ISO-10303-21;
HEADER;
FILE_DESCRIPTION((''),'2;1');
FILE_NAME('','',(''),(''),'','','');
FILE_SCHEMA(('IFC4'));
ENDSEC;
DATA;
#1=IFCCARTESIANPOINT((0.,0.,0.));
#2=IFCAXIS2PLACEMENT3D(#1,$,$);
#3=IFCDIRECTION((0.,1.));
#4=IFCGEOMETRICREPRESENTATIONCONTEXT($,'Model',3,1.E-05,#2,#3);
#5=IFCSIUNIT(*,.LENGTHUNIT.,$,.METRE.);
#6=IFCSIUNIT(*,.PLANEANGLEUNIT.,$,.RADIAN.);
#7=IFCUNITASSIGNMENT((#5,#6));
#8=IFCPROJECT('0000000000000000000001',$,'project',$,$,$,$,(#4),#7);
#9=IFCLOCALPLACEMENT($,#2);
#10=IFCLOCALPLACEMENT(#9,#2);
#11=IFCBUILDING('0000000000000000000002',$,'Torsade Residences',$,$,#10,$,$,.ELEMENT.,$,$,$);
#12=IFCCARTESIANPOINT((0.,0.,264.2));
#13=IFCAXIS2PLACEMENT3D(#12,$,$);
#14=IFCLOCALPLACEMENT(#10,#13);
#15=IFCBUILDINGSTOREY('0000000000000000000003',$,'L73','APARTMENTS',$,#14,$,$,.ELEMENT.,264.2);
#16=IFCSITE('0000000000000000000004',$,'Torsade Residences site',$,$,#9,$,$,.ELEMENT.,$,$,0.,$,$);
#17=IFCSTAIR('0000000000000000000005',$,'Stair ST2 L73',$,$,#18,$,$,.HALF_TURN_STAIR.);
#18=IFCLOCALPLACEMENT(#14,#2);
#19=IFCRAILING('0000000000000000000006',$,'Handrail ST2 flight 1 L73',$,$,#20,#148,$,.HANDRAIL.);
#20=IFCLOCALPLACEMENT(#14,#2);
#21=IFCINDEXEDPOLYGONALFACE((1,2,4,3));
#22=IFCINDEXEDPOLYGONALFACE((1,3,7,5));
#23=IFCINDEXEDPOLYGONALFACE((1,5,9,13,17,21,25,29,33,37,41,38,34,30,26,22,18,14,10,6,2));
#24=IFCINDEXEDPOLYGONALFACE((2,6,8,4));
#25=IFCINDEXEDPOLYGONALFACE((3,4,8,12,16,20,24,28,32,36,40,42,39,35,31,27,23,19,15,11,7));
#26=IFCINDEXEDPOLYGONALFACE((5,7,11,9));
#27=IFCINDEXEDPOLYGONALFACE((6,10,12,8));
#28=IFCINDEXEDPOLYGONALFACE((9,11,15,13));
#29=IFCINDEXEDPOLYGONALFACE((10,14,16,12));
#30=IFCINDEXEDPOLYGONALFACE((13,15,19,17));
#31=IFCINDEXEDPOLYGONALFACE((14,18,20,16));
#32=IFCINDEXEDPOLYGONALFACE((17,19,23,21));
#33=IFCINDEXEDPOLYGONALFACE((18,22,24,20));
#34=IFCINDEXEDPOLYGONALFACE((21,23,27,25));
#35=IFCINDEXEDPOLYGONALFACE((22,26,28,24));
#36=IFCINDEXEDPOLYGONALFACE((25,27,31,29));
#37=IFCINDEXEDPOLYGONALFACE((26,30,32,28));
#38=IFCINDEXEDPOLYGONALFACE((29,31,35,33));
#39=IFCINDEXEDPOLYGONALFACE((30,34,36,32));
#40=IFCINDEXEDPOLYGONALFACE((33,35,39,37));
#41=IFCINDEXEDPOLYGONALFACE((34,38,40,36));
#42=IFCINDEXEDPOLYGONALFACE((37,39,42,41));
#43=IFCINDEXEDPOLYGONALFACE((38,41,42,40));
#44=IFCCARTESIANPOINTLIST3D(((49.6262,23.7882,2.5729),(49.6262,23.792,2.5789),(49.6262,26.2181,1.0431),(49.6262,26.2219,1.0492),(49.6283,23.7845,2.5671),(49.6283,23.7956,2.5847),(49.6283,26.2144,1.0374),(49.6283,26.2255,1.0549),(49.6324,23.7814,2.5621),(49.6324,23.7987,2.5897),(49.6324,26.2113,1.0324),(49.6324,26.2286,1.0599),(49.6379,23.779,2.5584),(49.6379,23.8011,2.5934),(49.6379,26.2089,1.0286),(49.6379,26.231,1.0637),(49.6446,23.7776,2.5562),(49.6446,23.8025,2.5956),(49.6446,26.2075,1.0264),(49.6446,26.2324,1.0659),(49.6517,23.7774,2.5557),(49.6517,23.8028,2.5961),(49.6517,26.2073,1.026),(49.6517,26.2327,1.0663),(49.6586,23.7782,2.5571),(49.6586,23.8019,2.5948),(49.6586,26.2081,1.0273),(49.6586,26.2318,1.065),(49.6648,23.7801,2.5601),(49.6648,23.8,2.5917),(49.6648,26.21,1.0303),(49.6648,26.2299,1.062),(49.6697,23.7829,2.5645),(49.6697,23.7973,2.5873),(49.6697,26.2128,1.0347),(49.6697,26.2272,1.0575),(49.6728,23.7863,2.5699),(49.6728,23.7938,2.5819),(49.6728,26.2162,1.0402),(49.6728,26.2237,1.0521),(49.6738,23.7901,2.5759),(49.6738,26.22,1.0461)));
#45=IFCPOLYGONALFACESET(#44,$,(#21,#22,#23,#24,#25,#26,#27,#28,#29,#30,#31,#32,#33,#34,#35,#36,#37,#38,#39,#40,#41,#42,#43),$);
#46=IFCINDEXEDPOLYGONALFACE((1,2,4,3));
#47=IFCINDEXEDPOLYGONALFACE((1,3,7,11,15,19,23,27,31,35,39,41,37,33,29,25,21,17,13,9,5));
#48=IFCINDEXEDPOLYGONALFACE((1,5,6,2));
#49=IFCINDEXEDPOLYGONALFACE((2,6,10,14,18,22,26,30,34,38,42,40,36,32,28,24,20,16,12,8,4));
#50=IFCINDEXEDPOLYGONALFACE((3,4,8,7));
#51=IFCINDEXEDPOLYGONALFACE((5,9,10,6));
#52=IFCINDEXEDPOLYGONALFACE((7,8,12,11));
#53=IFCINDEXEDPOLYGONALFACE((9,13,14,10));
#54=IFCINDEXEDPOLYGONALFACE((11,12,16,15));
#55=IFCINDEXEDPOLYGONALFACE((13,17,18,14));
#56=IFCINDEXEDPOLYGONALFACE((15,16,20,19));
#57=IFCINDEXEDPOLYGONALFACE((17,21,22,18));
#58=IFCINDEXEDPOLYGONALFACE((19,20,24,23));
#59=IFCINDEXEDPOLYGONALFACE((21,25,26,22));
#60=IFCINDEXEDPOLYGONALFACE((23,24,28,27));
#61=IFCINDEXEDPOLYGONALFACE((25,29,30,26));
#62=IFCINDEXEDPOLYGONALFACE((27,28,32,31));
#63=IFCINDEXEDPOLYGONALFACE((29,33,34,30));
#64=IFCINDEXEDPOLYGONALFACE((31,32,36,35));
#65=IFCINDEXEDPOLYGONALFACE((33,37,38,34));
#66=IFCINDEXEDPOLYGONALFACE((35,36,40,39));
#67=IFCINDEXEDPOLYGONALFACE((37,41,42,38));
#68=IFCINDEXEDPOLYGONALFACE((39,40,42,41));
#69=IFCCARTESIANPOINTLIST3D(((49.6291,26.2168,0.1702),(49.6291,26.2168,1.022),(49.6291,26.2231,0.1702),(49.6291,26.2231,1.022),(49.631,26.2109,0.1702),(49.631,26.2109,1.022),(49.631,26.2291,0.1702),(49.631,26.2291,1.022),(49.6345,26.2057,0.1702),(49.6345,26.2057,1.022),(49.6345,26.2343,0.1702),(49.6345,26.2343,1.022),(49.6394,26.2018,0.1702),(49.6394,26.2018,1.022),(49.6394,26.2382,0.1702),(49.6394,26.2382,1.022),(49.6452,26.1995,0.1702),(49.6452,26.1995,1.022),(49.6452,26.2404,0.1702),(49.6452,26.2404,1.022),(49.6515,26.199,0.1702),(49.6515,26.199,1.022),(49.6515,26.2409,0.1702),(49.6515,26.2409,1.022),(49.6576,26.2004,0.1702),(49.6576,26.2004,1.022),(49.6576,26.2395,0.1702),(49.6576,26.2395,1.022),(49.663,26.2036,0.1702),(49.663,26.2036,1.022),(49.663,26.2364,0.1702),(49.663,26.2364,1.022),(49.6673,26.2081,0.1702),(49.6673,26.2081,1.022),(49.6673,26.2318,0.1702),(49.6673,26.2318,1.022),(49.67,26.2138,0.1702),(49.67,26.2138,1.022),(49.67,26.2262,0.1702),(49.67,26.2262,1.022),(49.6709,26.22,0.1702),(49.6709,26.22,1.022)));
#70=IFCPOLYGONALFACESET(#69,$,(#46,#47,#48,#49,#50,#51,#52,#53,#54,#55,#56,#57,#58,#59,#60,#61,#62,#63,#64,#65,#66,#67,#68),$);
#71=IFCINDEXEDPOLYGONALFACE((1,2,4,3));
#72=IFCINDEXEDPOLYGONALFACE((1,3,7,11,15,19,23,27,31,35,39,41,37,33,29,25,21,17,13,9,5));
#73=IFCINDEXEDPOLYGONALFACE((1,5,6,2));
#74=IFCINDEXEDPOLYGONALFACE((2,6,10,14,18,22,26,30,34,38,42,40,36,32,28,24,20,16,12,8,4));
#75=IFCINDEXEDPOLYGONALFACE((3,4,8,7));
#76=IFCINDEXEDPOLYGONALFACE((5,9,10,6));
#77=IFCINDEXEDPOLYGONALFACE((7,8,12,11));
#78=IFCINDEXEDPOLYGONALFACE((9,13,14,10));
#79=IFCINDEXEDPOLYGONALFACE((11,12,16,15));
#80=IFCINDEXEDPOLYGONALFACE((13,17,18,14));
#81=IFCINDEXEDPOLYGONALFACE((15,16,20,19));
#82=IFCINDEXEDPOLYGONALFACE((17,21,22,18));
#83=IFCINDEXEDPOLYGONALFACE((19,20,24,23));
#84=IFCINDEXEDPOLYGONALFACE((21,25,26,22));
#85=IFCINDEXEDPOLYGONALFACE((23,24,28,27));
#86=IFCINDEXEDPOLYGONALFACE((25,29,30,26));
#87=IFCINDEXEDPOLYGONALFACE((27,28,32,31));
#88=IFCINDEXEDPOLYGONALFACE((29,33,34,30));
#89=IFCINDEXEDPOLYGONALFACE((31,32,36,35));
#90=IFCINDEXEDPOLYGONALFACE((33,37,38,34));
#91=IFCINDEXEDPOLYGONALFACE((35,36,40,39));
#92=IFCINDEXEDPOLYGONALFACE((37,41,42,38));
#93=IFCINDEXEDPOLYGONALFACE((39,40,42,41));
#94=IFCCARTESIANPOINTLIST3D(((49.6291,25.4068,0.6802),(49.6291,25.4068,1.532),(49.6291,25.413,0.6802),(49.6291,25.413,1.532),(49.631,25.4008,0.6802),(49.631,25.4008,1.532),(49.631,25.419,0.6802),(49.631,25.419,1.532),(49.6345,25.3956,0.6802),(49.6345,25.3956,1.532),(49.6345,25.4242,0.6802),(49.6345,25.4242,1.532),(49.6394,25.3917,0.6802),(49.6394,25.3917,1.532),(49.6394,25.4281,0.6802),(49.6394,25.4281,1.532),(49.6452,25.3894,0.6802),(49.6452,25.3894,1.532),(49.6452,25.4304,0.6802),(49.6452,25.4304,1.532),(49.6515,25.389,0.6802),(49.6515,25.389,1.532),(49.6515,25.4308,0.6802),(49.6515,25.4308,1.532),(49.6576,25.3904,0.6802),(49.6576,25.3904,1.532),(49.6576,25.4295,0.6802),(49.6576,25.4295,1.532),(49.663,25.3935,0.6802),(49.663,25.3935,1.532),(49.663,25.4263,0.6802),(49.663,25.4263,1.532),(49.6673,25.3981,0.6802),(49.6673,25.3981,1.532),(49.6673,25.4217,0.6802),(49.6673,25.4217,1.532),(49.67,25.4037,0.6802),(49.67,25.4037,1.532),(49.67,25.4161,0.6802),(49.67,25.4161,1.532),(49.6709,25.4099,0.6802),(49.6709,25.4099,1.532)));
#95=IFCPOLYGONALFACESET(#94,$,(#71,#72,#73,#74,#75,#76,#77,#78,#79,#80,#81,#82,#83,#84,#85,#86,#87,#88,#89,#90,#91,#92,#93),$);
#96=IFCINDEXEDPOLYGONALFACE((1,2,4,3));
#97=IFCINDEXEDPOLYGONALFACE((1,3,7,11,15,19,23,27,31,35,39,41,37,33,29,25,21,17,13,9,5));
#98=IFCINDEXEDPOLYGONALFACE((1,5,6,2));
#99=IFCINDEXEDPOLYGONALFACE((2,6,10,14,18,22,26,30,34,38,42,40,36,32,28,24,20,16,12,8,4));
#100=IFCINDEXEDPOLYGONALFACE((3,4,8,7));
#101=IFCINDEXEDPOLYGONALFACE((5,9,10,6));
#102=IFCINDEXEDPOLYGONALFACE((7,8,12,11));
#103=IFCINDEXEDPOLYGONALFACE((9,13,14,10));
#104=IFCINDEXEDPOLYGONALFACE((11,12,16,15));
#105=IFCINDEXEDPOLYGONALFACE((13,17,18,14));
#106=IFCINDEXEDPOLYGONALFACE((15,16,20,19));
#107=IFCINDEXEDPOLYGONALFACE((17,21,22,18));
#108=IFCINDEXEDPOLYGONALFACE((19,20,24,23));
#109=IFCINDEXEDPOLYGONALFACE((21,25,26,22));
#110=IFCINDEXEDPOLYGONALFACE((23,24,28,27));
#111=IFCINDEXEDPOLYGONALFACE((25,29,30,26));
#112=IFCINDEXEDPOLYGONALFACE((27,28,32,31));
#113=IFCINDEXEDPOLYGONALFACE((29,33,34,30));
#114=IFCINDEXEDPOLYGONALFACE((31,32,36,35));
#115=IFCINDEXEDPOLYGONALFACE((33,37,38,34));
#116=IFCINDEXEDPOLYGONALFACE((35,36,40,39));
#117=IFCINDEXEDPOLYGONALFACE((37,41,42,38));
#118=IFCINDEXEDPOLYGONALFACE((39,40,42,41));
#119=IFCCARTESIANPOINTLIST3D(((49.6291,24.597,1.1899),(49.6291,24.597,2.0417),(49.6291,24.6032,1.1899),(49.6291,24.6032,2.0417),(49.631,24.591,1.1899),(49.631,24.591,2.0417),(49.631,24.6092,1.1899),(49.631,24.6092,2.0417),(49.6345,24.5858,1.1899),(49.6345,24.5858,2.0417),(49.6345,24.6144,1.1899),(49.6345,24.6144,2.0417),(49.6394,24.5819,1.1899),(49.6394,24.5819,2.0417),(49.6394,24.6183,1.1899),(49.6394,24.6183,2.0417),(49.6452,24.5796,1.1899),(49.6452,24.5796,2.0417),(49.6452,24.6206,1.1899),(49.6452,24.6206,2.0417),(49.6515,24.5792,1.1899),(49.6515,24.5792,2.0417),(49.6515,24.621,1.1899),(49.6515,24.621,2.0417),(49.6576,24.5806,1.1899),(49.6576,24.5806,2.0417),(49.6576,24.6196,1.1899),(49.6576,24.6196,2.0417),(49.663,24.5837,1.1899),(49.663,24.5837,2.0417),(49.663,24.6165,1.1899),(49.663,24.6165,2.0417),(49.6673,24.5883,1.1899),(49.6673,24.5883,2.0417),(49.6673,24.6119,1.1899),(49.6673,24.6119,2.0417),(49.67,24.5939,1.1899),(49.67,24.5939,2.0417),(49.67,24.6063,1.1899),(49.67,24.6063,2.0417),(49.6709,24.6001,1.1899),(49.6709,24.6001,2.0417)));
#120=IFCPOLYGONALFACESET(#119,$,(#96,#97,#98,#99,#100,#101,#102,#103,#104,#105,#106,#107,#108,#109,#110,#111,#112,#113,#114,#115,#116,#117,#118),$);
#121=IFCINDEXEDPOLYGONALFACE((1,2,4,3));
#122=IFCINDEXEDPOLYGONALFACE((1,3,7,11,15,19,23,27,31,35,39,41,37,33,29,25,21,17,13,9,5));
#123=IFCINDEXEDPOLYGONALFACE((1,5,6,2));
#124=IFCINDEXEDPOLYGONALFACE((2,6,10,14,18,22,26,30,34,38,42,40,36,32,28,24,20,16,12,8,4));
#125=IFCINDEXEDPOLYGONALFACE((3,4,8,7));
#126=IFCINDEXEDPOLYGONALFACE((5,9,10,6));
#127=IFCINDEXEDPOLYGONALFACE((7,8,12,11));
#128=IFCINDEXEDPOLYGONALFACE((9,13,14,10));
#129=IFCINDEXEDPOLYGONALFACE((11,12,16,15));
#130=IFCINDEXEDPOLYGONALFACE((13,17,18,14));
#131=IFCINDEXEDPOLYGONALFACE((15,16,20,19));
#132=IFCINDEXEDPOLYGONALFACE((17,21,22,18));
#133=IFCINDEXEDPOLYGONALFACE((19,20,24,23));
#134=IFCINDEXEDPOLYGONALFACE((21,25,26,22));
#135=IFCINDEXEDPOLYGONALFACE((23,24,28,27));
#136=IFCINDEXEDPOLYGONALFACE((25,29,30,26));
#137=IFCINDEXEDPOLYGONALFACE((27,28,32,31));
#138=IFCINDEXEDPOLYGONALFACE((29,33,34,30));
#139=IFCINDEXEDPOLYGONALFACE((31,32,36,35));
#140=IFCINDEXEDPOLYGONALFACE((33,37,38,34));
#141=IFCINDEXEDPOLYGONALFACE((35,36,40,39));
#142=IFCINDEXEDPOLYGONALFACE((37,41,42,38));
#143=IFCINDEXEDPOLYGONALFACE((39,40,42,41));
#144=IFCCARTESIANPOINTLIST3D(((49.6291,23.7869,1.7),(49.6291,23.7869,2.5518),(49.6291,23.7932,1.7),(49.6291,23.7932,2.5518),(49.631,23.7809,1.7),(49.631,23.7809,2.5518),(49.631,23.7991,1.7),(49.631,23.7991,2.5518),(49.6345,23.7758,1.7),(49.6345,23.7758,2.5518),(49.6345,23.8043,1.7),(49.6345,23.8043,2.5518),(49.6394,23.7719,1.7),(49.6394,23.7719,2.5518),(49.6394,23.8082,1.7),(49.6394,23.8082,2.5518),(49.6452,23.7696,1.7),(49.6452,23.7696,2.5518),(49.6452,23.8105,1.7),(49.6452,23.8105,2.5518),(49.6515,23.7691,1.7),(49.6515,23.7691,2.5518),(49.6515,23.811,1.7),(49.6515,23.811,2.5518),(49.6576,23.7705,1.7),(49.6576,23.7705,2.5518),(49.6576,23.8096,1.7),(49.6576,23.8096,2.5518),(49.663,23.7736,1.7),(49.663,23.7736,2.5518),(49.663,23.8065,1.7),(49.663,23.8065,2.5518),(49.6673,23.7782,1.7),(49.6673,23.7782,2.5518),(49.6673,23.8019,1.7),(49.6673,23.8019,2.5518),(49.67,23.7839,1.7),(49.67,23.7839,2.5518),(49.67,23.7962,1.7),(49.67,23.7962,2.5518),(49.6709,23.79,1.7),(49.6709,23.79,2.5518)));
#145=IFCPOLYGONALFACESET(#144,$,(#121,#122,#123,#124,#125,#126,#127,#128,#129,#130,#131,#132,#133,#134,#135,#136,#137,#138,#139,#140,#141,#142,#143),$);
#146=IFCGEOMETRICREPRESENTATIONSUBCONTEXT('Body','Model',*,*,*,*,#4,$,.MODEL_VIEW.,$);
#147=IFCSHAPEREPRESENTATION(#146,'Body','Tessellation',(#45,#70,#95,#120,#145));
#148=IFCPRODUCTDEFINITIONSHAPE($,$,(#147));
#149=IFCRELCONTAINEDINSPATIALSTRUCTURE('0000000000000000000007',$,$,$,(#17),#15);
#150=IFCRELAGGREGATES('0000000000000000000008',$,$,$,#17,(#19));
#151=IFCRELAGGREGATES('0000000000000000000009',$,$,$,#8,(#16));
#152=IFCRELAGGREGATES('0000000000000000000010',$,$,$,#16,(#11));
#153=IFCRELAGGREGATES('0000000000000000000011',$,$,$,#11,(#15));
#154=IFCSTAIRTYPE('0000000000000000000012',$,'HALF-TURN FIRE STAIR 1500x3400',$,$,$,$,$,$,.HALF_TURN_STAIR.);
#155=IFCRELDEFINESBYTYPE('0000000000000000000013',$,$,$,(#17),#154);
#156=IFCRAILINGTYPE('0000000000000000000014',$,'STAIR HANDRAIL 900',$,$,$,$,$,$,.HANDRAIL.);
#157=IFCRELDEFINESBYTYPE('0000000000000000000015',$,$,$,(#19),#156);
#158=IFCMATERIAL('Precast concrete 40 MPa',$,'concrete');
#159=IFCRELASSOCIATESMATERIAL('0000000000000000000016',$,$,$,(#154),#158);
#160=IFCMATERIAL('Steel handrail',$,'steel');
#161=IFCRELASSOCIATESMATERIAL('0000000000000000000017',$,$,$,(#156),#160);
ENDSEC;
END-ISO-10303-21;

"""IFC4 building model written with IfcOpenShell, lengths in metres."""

from ifc_helpers import new_model, si_unit, direction, frame, origin, origin_2d, place, context, subcontext, project, spatial, circle, extrude, material, type_object, element, aggregate, save


model = new_model("IFC4")

# Units and contexts
model_context = context("Model", 3, precision=1e-05, world=origin(), true_north=direction((0.0, 1.0)))
body_context = subcontext(model_context, "Body", "Model", "MODEL_VIEW")
ifc_project = project(units=[si_unit("LENGTHUNIT", "METRE"), si_unit("PLANEANGLEUNIT", "RADIAN")], contexts=[model_context])

# Site, building, storey
site_placement = place(None, origin())
site = spatial("IfcSite", under=ifc_project, at=site_placement, Name="Torsade Residences site", CompositionType="ELEMENT", RefElevation=0.0)
building_placement = place(site_placement, origin())
building = spatial("IfcBuilding", under=site, at=building_placement, Name="Torsade Residences", CompositionType="ELEMENT")
storey_placement = place(building_placement, frame((0.0, 0.0, 264.2)))
storey = spatial("IfcBuildingStorey", under=building, at=storey_placement, Name="L73", Description="APARTMENTS", CompositionType="ELEMENT", Elevation=264.2)

# Stair, railing
ifc_material_1 = material(Name="Precast concrete 40 MPa", Category="concrete")
stair_type = type_object("IfcStairType", Name="HALF-TURN FIRE STAIR 1500x3400", PredefinedType="HALF_TURN_STAIR", material=ifc_material_1)
stair_placement = place(storey_placement, origin())
stair = element("IfcStair", 1, at=stair_placement, inside=storey, type_object=stair_type, Name="Stair ST2 L73", PredefinedType="HALF_TURN_STAIR")
ifc_material_2 = material(Name="Steel handrail", Category="steel")
railing_type = type_object("IfcRailingType", Name="STAIR HANDRAIL 900", PredefinedType="HANDRAIL", material=ifc_material_2)
railing_1_placement = place(storey_placement, frame((49.6499, 26.22, 0.1702)))
railing_1 = element("IfcRailing", 2, at=railing_1_placement, type_object=railing_type, Name="Handrail ST2 flight 1 L73", PredefinedType="HANDRAIL", context=body_context, shape_type="SweptSolid", body=[
    extrude(circle(Radius=0.0239, at=origin_2d()), frame((0.0, 0.0, 0.876), z_axis=(0.0, -0.84626, 0.53277), x_axis=(1.0, 0.0, 0.0)), (0.0, 0.0, 1.0), 2.8713),
    extrude(circle(Radius=0.021, at=origin_2d()), origin(), (0.0, 0.0, 1.0), 0.8518),
    extrude(circle(Radius=0.021, at=origin_2d()), frame((0.0, -0.8101, 0.51)), (0.0, 0.0, 1.0), 0.8518),
    extrude(circle(Radius=0.021, at=origin_2d()), frame((0.0, -1.6199, 1.0198)), (0.0, 0.0, 1.0), 0.8518),
    extrude(circle(Radius=0.021, at=origin_2d()), frame((0.0, -2.4299, 1.5298)), (0.0, 0.0, 1.0), 0.8518),
])
aggregate(stair, [railing_1])

save(model, "model.ifc")
